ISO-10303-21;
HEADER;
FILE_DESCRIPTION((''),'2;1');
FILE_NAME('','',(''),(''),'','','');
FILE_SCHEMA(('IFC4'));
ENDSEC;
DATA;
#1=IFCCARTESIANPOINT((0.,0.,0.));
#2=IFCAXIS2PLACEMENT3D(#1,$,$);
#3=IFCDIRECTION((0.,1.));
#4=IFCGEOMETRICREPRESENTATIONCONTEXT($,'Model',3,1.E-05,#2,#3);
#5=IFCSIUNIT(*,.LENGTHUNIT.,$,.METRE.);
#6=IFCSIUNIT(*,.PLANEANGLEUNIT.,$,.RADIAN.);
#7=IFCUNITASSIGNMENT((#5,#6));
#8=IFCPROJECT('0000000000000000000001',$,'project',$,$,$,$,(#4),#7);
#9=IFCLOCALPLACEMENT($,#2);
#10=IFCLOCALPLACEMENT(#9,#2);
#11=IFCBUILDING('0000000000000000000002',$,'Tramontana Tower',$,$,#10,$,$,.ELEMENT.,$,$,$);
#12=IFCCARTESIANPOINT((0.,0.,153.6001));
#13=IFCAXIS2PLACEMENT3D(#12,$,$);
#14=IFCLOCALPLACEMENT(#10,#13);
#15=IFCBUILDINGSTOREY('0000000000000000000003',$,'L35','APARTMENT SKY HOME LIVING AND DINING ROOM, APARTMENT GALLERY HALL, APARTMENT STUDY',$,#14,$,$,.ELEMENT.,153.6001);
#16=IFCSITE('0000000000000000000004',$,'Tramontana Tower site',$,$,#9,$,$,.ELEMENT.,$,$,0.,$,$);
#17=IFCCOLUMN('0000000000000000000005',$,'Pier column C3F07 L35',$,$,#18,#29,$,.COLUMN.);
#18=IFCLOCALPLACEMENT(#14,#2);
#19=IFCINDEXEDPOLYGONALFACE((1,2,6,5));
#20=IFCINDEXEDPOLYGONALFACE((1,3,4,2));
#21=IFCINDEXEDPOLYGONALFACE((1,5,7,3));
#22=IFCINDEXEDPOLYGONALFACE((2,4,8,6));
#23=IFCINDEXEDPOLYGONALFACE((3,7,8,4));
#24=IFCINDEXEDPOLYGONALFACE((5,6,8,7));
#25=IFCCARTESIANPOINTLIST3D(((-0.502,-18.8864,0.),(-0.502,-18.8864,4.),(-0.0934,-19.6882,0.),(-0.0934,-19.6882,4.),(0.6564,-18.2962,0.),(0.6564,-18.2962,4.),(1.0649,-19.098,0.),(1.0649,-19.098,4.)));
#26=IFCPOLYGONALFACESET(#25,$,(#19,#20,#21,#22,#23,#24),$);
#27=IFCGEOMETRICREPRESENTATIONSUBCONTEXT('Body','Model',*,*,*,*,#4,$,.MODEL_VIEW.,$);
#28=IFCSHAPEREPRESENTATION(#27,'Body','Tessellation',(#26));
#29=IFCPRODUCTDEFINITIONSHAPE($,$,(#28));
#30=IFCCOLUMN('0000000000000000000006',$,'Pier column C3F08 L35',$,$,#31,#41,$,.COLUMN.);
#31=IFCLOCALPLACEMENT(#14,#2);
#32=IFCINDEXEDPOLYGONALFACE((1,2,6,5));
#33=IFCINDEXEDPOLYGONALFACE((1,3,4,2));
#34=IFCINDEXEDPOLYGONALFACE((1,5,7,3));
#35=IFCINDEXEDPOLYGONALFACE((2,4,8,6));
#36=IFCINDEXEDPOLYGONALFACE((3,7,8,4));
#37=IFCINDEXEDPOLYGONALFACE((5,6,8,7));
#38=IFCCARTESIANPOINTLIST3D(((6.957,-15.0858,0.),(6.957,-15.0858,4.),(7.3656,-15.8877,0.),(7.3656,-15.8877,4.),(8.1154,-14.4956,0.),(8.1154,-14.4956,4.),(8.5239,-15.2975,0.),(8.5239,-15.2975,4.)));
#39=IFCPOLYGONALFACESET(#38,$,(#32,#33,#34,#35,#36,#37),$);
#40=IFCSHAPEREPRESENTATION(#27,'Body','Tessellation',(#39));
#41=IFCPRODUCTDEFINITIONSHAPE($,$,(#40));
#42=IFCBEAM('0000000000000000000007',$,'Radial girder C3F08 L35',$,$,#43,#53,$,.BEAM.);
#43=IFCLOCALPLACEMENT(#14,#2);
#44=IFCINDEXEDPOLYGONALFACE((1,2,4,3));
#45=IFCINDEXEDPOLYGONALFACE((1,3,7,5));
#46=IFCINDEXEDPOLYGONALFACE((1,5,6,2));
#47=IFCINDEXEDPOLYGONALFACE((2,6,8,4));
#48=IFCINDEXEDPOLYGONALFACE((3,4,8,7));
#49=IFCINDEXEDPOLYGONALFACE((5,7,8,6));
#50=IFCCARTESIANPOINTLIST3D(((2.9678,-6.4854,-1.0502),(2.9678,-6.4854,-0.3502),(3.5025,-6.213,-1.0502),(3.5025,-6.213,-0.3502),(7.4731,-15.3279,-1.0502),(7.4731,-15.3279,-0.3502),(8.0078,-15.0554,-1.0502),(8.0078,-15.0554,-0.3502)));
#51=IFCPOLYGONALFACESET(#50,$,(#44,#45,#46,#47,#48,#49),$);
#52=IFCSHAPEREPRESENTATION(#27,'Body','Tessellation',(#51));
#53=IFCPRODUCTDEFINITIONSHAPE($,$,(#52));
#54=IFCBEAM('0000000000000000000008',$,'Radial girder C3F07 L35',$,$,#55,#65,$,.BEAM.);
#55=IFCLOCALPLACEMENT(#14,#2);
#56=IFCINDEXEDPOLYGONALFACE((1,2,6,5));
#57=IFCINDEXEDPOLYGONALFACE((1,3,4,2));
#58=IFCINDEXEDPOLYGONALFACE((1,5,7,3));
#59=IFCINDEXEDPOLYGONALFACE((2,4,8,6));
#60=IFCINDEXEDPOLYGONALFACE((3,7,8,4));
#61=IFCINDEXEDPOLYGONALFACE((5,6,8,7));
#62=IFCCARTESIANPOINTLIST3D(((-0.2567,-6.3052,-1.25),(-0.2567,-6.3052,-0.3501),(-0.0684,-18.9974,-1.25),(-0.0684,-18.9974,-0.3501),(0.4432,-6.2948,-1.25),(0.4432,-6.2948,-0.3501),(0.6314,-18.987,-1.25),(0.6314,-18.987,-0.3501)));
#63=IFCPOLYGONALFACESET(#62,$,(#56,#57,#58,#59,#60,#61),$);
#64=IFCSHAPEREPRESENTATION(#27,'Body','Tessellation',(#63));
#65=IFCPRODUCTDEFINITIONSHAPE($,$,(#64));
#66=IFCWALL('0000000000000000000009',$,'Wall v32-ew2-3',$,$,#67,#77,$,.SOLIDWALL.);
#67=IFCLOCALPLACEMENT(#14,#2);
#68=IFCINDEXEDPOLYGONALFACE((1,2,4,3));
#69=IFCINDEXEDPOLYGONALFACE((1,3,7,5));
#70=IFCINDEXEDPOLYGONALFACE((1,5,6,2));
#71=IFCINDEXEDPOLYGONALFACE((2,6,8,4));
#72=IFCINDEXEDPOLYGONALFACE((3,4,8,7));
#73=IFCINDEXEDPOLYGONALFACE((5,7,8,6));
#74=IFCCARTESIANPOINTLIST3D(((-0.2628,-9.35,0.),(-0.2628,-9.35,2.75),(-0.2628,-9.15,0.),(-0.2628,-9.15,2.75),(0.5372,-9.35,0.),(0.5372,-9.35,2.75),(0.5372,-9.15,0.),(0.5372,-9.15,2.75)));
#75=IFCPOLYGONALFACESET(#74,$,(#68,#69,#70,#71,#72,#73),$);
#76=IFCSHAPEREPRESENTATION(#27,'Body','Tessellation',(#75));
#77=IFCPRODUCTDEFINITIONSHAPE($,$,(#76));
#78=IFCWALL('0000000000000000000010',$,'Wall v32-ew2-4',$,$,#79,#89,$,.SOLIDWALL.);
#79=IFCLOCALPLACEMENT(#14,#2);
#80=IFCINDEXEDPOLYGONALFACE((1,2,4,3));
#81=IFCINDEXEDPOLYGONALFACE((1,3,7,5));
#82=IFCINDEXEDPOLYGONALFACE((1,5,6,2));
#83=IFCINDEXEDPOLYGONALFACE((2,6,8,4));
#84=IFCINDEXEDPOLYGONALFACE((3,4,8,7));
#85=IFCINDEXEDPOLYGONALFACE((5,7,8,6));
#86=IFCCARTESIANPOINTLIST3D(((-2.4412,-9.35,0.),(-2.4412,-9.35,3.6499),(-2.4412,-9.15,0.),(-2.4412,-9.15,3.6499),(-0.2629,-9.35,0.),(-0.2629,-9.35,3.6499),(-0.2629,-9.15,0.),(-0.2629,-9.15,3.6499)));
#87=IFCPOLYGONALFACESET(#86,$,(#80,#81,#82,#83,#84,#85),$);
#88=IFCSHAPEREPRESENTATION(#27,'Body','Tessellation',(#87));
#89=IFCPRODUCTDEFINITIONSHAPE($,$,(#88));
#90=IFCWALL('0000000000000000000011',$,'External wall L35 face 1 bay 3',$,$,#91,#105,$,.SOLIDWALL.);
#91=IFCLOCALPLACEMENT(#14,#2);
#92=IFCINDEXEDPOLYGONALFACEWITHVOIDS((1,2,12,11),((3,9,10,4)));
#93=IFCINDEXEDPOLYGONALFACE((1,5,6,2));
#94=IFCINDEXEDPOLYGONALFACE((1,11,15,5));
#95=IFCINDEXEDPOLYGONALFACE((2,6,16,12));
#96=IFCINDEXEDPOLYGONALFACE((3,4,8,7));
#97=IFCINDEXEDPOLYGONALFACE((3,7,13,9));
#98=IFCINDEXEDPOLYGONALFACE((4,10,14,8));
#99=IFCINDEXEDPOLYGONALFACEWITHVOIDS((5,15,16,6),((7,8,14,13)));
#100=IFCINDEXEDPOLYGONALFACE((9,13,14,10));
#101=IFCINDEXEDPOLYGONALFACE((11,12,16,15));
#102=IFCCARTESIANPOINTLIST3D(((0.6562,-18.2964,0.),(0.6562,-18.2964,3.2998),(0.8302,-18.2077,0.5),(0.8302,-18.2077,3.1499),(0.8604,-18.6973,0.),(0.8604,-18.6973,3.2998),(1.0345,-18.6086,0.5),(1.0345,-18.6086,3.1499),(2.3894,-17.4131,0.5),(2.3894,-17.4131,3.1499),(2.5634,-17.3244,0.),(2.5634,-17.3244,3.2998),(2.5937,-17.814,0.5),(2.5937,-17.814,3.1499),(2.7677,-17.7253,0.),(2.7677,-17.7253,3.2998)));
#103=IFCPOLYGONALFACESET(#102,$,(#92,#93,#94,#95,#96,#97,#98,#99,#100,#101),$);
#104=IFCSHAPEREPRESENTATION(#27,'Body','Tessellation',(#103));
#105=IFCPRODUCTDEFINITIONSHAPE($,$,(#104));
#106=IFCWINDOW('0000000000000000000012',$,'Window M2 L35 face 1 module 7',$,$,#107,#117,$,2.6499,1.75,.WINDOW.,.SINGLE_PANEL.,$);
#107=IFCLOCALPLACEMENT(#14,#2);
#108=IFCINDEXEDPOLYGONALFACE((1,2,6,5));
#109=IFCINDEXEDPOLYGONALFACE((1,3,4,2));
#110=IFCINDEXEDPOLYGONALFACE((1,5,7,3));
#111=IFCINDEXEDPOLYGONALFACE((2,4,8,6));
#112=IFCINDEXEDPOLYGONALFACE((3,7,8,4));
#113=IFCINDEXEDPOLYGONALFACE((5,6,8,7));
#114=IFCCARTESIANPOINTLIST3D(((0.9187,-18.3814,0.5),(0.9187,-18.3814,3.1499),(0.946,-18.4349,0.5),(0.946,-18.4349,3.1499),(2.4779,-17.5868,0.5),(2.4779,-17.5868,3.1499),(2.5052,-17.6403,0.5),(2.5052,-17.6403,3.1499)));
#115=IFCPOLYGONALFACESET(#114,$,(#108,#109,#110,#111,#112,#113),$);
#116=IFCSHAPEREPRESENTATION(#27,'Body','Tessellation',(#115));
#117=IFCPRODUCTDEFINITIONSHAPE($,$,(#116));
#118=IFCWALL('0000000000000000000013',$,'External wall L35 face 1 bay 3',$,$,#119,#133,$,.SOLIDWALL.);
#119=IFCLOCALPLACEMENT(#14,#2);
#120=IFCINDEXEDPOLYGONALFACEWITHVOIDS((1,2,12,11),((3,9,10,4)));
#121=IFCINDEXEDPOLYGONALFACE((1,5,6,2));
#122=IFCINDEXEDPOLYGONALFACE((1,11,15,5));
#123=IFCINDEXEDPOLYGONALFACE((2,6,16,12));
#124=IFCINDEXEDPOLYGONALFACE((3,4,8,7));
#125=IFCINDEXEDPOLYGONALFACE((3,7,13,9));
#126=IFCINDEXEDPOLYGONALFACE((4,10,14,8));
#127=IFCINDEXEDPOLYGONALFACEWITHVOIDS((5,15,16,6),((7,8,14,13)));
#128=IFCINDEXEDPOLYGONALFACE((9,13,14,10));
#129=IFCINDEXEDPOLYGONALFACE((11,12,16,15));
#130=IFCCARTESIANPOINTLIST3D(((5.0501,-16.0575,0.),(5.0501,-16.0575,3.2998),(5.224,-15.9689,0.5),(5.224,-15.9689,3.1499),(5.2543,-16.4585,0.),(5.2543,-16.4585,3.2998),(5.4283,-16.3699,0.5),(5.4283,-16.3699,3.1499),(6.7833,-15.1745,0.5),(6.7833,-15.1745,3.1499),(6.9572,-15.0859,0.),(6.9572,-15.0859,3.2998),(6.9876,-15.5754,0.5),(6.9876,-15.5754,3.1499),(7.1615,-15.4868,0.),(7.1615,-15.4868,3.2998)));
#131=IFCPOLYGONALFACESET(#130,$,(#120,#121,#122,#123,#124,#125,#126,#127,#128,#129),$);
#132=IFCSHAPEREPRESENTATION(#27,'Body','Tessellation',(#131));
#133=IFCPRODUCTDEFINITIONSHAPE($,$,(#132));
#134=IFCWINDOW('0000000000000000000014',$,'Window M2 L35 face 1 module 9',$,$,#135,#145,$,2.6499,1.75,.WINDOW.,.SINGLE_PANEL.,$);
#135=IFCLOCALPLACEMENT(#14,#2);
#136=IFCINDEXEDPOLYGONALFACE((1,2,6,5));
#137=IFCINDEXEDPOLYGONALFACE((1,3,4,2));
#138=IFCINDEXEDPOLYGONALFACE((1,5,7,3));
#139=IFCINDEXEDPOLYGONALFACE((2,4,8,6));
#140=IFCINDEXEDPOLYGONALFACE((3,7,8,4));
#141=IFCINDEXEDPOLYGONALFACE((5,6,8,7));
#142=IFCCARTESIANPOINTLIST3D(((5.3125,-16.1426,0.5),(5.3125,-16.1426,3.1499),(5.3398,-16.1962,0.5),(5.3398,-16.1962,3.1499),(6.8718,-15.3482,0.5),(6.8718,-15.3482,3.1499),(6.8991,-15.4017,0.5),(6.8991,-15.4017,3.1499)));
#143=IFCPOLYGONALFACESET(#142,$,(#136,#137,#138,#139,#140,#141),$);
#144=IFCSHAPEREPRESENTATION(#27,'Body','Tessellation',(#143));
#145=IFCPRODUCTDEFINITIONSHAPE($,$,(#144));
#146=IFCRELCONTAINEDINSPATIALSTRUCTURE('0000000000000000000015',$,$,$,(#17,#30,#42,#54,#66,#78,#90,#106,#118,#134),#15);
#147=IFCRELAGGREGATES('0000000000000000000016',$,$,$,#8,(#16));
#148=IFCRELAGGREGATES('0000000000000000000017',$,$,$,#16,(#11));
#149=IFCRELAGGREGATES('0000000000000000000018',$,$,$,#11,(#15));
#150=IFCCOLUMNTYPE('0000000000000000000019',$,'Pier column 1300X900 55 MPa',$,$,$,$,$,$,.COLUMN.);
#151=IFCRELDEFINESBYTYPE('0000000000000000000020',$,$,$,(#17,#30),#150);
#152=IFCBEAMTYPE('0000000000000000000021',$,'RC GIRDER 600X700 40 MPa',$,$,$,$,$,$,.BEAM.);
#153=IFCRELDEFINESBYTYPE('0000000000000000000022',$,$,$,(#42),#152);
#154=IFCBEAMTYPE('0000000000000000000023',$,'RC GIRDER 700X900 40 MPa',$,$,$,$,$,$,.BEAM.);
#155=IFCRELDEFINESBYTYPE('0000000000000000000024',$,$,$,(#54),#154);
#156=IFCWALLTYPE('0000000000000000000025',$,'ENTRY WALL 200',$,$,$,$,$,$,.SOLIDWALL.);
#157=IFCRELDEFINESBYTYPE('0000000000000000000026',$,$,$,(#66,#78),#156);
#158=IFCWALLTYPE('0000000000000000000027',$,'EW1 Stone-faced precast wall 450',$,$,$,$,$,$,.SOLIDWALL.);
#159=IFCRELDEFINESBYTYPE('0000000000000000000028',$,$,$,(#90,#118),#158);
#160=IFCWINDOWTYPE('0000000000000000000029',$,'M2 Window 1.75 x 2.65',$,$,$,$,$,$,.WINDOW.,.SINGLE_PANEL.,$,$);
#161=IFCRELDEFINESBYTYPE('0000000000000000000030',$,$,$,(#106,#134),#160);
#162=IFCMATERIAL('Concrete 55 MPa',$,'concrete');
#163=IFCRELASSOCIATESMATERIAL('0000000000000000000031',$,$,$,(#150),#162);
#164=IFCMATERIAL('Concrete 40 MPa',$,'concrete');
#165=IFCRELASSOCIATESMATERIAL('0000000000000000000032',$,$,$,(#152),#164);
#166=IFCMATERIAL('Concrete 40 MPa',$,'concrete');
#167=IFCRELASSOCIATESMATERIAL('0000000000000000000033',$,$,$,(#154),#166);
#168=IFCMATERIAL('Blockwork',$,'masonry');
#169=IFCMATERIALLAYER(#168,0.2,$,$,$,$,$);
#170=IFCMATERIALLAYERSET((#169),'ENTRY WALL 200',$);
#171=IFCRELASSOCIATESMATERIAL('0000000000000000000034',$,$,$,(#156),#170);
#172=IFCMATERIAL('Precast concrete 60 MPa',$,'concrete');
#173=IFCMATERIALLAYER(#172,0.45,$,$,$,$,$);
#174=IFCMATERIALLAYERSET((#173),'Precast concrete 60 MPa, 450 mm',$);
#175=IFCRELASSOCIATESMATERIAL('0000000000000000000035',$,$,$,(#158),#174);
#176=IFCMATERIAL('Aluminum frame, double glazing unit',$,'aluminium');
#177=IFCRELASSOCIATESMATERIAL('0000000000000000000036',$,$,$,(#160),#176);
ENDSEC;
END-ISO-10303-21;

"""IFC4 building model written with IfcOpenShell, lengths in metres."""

from ifc_helpers import new_model, si_unit, direction, frame, frame_2d, origin, origin_2d, place, context, subcontext, project, spatial, rectangle, extrude, material, layer, layer_set, material_profile, profile_set, type_object, element, fill, save


model = new_model("IFC4")

# Units and contexts
model_context = context("Model", 3, precision=1e-05, world=origin(), true_north=direction((0.0, 1.0)))
body_context = subcontext(model_context, "Body", "Model", "MODEL_VIEW")
ifc_project = project(units=[si_unit("LENGTHUNIT", "METRE"), si_unit("PLANEANGLEUNIT", "RADIAN")], contexts=[model_context])

# Site, building, storey
site_placement = place(None, origin())
site = spatial("IfcSite", under=ifc_project, at=site_placement, Name="Tramontana Tower site", CompositionType="ELEMENT", RefElevation=0.0)
building_placement = place(site_placement, origin())
building = spatial("IfcBuilding", under=site, at=building_placement, Name="Tramontana Tower", CompositionType="ELEMENT")
storey_placement = place(building_placement, frame((0.0, 0.0, 153.6001)))
storey = spatial("IfcBuildingStorey", under=building, at=storey_placement, Name="L35", Description="APARTMENT SKY HOME LIVING AND DINING ROOM, APARTMENT GALLERY HALL, APARTMENT STUDY", CompositionType="ELEMENT", Elevation=153.6001)

# Columns
ifc_material_1 = material(Name="Concrete 55 MPa", Category="concrete")
ifc_material_profile_1 = material_profile(ifc_material_1, rectangle(XDim=1.3, YDim=0.8999, at=origin_2d()), Name="Pier column 1300X900 55 MPa")
ifc_profile_set_1 = profile_set([ifc_material_profile_1], Name="Concrete 55 MPa")
column_type = type_object("IfcColumnType", Name="Pier column 1300X900 55 MPa", PredefinedType="COLUMN", material=ifc_profile_set_1)
for number, where, z_axis, x_axis, name in (
    (1, (0.2815, -18.9922, 0.0), (0.0, 0.0, 1.0), (0.891007, 0.45399, 0.0), "Pier column C3F07 L35"),
    (2, (7.7405, -15.1917, 0.0), (0.0, 0.0, 1.0), (0.891007, 0.45399, 0.0), "Pier column C3F08 L35"),
):
    element("IfcColumn", number, at=place(storey_placement, frame(where, z_axis=z_axis, x_axis=x_axis)), inside=storey, type_object=column_type, Name=name, PredefinedType="COLUMN", context=body_context, shape_type="SweptSolid", body=[
        extrude(rectangle(XDim=1.3, YDim=0.8999, at=origin_2d()), origin(), (0.0, 0.0, 1.0), 4.0),
    ])

# Beams
ifc_material_2 = material(Name="Concrete 40 MPa", Category="concrete")
ifc_material_profile_2 = material_profile(ifc_material_2, rectangle(XDim=0.6001, YDim=0.7, at=origin_2d()), Name="RC GIRDER 600X700 40 MPa")
ifc_profile_set_2 = profile_set([ifc_material_profile_2], Name="Concrete 40 MPa")
beam_type_1 = type_object("IfcBeamType", Name="RC GIRDER 600X700 40 MPa", PredefinedType="BEAM", material=ifc_profile_set_2)
beam_1_placement = place(storey_placement, frame((7.7405, -15.1917, -0.7002), z_axis=(-0.453981, 0.891012, 0.0), x_axis=(-0.891012, -0.453981, 0.0)))
element("IfcBeam", 3, at=beam_1_placement, inside=storey, type_object=beam_type_1, Name="Radial girder C3F08 L35", PredefinedType="BEAM", context=body_context, shape_type="SweptSolid", body=[
    extrude(rectangle(XDim=0.6001, YDim=0.7, at=origin_2d()), origin(), (0.0, 0.0, 1.0), 9.9241),
])
ifc_material_3 = material(Name="Concrete 40 MPa", Category="concrete")
ifc_material_profile_3 = material_profile(ifc_material_3, rectangle(XDim=0.7, YDim=0.8999, at=origin_2d()), Name="RC GIRDER 700X900 40 MPa")
ifc_profile_set_3 = profile_set([ifc_material_profile_3], Name="Concrete 40 MPa")
beam_type_2 = type_object("IfcBeamType", Name="RC GIRDER 700X900 40 MPa", PredefinedType="BEAM", material=ifc_profile_set_3)
beam_2_placement = place(storey_placement, frame((0.2815, -18.9922, -0.8), z_axis=(-0.014829, 0.99989, 0.0), x_axis=(-0.99989, -0.014829, 0.0)))
element("IfcBeam", 4, at=beam_2_placement, inside=storey, type_object=beam_type_2, Name="Radial girder C3F07 L35", PredefinedType="BEAM", context=body_context, shape_type="SweptSolid", body=[
    extrude(rectangle(XDim=0.7, YDim=0.8999, at=origin_2d()), origin(), (0.0, 0.0, 1.0), 12.6936),
])

# Walls
ifc_material_4 = material(Name="Blockwork", Category="masonry")
ifc_layer_1 = layer(ifc_material_4, 0.2)
ifc_layer_set_1 = layer_set([ifc_layer_1], Name="ENTRY WALL 200")
wall_type_1 = type_object("IfcWallType", Name="ENTRY WALL 200", PredefinedType="SOLIDWALL", material=ifc_layer_set_1)
wall_1_placement = place(storey_placement, frame((0.5371, -9.25, 0.0), z_axis=(0.0, 0.0, 1.0), x_axis=(-1.0, 0.0, 0.0)))
element("IfcWall", 5, at=wall_1_placement, inside=storey, type_object=wall_type_1, Name="Wall v32-ew2-3", PredefinedType="SOLIDWALL", context=body_context, shape_type="SweptSolid", body=[
    extrude(rectangle(XDim=0.8, YDim=0.2, at=frame_2d((0.3999, 0.0))), origin(), (0.0, 0.0, 1.0), 2.75),
])
wall_2_placement = place(storey_placement, frame((-0.2629, -9.25, 0.0), z_axis=(0.0, 0.0, 1.0), x_axis=(-1.0, 0.0, 0.0)))
element("IfcWall", 6, at=wall_2_placement, inside=storey, type_object=wall_type_1, Name="Wall v32-ew2-4", PredefinedType="SOLIDWALL", context=body_context, shape_type="SweptSolid", body=[
    extrude(rectangle(XDim=2.1782, YDim=0.2, at=frame_2d((1.0891, 0.0))), origin(), (0.0, 0.0, 1.0), 3.6499),
])

# Walls, openings, windows
ifc_material_5 = material(Name="Precast concrete 60 MPa", Category="concrete")
ifc_layer_2 = layer(ifc_material_5, 0.45)
ifc_layer_set_2 = layer_set([ifc_layer_2], Name="Precast concrete 60 MPa, 450 mm")
wall_type_2 = type_object("IfcWallType", Name="EW1 Stone-faced precast wall 450", PredefinedType="SOLIDWALL", material=ifc_layer_set_2)
wall_3_placement = place(storey_placement, frame((0.7583, -18.4968, 0.0), z_axis=(0.0, 0.0, 1.0), x_axis=(0.890979, 0.454044, 0.0)))
wall_3 = element("IfcWall", 7, at=wall_3_placement, inside=storey, type_object=wall_type_2, Name="External wall L35 face 1 bay 3", PredefinedType="SOLIDWALL", context=body_context, shape_type="SweptSolid", body=[
    extrude(rectangle(XDim=2.1406, YDim=0.45, at=frame_2d((1.0703, 0.0))), origin(), (0.0, 0.0, 1.0), 3.2998),
])
opening_1_placement = place(wall_3_placement, frame((0.1953, 0.0, 0.5)))
opening_1 = element("IfcOpeningElement", 8, at=opening_1_placement, cuts=wall_3, PredefinedType="OPENING", context=body_context, shape_type="SweptSolid", body=[
    extrude(rectangle(XDim=1.75, YDim=2.6499, at=frame_2d((0.875, 1.325))), frame((0.0, 0.2349, 0.0), z_axis=(0.0, -1.0, 0.0), x_axis=(1.0, 0.0, 0.0)), (0.0, 0.0, 1.0), 0.47),
])
ifc_material_6 = material(Name="Aluminum frame, double glazing unit", Category="aluminium")
window_type = type_object("IfcWindowType", Name="M2 Window 1.75 x 2.65", PartitioningType="SINGLE_PANEL", PredefinedType="WINDOW", material=ifc_material_6)
window_1_placement = place(opening_1_placement, origin())
window_1 = element("IfcWindow", 9, at=window_1_placement, inside=storey, type_object=window_type, Name="Window M2 L35 face 1 module 7", OverallHeight=2.6499, OverallWidth=1.75, PartitioningType="SINGLE_PANEL", PredefinedType="WINDOW", context=body_context, shape_type="SweptSolid", body=[
    extrude(rectangle(XDim=1.75, YDim=2.6499, at=frame_2d((0.875, 1.325))), frame((0.0, 0.03, 0.0), z_axis=(0.0, -1.0, 0.0), x_axis=(1.0, 0.0, 0.0)), (0.0, 0.0, 1.0), 0.0601),
])
fill(opening_1, window_1)
wall_4_placement = place(storey_placement, frame((5.1521, -16.2581, 0.0), z_axis=(0.0, 0.0, 1.0), x_axis=(0.891026, 0.453953, 0.0)))
wall_4 = element("IfcWall", 10, at=wall_4_placement, inside=storey, type_object=wall_type_2, Name="External wall L35 face 1 bay 3", PredefinedType="SOLIDWALL", context=body_context, shape_type="SweptSolid", body=[
    extrude(rectangle(XDim=2.1404, YDim=0.45, at=frame_2d((1.0703, 0.0))), origin(), (0.0, 0.0, 1.0), 3.2998),
])
opening_2_placement = place(wall_4_placement, frame((0.1953, 0.0, 0.5)))
opening_2 = element("IfcOpeningElement", 11, at=opening_2_placement, cuts=wall_4, PredefinedType="OPENING", context=body_context, shape_type="SweptSolid", body=[
    extrude(rectangle(XDim=1.75, YDim=2.6499, at=frame_2d((0.875, 1.325))), frame((0.0, 0.2349, 0.0), z_axis=(0.0, -1.0, 0.0), x_axis=(1.0, 0.0, 0.0)), (0.0, 0.0, 1.0), 0.47),
])
window_2_placement = place(opening_2_placement, origin())
window_2 = element("IfcWindow", 12, at=window_2_placement, inside=storey, type_object=window_type, Name="Window M2 L35 face 1 module 9", OverallHeight=2.6499, OverallWidth=1.75, PartitioningType="SINGLE_PANEL", PredefinedType="WINDOW", context=body_context, shape_type="SweptSolid", body=[
    extrude(rectangle(XDim=1.75, YDim=2.6499, at=frame_2d((0.875, 1.325))), frame((0.0, 0.03, 0.0), z_axis=(0.0, -1.0, 0.0), x_axis=(1.0, 0.0, 0.0)), (0.0, 0.0, 1.0), 0.0601),
])
fill(opening_2, window_2)

save(model, "model.ifc")
